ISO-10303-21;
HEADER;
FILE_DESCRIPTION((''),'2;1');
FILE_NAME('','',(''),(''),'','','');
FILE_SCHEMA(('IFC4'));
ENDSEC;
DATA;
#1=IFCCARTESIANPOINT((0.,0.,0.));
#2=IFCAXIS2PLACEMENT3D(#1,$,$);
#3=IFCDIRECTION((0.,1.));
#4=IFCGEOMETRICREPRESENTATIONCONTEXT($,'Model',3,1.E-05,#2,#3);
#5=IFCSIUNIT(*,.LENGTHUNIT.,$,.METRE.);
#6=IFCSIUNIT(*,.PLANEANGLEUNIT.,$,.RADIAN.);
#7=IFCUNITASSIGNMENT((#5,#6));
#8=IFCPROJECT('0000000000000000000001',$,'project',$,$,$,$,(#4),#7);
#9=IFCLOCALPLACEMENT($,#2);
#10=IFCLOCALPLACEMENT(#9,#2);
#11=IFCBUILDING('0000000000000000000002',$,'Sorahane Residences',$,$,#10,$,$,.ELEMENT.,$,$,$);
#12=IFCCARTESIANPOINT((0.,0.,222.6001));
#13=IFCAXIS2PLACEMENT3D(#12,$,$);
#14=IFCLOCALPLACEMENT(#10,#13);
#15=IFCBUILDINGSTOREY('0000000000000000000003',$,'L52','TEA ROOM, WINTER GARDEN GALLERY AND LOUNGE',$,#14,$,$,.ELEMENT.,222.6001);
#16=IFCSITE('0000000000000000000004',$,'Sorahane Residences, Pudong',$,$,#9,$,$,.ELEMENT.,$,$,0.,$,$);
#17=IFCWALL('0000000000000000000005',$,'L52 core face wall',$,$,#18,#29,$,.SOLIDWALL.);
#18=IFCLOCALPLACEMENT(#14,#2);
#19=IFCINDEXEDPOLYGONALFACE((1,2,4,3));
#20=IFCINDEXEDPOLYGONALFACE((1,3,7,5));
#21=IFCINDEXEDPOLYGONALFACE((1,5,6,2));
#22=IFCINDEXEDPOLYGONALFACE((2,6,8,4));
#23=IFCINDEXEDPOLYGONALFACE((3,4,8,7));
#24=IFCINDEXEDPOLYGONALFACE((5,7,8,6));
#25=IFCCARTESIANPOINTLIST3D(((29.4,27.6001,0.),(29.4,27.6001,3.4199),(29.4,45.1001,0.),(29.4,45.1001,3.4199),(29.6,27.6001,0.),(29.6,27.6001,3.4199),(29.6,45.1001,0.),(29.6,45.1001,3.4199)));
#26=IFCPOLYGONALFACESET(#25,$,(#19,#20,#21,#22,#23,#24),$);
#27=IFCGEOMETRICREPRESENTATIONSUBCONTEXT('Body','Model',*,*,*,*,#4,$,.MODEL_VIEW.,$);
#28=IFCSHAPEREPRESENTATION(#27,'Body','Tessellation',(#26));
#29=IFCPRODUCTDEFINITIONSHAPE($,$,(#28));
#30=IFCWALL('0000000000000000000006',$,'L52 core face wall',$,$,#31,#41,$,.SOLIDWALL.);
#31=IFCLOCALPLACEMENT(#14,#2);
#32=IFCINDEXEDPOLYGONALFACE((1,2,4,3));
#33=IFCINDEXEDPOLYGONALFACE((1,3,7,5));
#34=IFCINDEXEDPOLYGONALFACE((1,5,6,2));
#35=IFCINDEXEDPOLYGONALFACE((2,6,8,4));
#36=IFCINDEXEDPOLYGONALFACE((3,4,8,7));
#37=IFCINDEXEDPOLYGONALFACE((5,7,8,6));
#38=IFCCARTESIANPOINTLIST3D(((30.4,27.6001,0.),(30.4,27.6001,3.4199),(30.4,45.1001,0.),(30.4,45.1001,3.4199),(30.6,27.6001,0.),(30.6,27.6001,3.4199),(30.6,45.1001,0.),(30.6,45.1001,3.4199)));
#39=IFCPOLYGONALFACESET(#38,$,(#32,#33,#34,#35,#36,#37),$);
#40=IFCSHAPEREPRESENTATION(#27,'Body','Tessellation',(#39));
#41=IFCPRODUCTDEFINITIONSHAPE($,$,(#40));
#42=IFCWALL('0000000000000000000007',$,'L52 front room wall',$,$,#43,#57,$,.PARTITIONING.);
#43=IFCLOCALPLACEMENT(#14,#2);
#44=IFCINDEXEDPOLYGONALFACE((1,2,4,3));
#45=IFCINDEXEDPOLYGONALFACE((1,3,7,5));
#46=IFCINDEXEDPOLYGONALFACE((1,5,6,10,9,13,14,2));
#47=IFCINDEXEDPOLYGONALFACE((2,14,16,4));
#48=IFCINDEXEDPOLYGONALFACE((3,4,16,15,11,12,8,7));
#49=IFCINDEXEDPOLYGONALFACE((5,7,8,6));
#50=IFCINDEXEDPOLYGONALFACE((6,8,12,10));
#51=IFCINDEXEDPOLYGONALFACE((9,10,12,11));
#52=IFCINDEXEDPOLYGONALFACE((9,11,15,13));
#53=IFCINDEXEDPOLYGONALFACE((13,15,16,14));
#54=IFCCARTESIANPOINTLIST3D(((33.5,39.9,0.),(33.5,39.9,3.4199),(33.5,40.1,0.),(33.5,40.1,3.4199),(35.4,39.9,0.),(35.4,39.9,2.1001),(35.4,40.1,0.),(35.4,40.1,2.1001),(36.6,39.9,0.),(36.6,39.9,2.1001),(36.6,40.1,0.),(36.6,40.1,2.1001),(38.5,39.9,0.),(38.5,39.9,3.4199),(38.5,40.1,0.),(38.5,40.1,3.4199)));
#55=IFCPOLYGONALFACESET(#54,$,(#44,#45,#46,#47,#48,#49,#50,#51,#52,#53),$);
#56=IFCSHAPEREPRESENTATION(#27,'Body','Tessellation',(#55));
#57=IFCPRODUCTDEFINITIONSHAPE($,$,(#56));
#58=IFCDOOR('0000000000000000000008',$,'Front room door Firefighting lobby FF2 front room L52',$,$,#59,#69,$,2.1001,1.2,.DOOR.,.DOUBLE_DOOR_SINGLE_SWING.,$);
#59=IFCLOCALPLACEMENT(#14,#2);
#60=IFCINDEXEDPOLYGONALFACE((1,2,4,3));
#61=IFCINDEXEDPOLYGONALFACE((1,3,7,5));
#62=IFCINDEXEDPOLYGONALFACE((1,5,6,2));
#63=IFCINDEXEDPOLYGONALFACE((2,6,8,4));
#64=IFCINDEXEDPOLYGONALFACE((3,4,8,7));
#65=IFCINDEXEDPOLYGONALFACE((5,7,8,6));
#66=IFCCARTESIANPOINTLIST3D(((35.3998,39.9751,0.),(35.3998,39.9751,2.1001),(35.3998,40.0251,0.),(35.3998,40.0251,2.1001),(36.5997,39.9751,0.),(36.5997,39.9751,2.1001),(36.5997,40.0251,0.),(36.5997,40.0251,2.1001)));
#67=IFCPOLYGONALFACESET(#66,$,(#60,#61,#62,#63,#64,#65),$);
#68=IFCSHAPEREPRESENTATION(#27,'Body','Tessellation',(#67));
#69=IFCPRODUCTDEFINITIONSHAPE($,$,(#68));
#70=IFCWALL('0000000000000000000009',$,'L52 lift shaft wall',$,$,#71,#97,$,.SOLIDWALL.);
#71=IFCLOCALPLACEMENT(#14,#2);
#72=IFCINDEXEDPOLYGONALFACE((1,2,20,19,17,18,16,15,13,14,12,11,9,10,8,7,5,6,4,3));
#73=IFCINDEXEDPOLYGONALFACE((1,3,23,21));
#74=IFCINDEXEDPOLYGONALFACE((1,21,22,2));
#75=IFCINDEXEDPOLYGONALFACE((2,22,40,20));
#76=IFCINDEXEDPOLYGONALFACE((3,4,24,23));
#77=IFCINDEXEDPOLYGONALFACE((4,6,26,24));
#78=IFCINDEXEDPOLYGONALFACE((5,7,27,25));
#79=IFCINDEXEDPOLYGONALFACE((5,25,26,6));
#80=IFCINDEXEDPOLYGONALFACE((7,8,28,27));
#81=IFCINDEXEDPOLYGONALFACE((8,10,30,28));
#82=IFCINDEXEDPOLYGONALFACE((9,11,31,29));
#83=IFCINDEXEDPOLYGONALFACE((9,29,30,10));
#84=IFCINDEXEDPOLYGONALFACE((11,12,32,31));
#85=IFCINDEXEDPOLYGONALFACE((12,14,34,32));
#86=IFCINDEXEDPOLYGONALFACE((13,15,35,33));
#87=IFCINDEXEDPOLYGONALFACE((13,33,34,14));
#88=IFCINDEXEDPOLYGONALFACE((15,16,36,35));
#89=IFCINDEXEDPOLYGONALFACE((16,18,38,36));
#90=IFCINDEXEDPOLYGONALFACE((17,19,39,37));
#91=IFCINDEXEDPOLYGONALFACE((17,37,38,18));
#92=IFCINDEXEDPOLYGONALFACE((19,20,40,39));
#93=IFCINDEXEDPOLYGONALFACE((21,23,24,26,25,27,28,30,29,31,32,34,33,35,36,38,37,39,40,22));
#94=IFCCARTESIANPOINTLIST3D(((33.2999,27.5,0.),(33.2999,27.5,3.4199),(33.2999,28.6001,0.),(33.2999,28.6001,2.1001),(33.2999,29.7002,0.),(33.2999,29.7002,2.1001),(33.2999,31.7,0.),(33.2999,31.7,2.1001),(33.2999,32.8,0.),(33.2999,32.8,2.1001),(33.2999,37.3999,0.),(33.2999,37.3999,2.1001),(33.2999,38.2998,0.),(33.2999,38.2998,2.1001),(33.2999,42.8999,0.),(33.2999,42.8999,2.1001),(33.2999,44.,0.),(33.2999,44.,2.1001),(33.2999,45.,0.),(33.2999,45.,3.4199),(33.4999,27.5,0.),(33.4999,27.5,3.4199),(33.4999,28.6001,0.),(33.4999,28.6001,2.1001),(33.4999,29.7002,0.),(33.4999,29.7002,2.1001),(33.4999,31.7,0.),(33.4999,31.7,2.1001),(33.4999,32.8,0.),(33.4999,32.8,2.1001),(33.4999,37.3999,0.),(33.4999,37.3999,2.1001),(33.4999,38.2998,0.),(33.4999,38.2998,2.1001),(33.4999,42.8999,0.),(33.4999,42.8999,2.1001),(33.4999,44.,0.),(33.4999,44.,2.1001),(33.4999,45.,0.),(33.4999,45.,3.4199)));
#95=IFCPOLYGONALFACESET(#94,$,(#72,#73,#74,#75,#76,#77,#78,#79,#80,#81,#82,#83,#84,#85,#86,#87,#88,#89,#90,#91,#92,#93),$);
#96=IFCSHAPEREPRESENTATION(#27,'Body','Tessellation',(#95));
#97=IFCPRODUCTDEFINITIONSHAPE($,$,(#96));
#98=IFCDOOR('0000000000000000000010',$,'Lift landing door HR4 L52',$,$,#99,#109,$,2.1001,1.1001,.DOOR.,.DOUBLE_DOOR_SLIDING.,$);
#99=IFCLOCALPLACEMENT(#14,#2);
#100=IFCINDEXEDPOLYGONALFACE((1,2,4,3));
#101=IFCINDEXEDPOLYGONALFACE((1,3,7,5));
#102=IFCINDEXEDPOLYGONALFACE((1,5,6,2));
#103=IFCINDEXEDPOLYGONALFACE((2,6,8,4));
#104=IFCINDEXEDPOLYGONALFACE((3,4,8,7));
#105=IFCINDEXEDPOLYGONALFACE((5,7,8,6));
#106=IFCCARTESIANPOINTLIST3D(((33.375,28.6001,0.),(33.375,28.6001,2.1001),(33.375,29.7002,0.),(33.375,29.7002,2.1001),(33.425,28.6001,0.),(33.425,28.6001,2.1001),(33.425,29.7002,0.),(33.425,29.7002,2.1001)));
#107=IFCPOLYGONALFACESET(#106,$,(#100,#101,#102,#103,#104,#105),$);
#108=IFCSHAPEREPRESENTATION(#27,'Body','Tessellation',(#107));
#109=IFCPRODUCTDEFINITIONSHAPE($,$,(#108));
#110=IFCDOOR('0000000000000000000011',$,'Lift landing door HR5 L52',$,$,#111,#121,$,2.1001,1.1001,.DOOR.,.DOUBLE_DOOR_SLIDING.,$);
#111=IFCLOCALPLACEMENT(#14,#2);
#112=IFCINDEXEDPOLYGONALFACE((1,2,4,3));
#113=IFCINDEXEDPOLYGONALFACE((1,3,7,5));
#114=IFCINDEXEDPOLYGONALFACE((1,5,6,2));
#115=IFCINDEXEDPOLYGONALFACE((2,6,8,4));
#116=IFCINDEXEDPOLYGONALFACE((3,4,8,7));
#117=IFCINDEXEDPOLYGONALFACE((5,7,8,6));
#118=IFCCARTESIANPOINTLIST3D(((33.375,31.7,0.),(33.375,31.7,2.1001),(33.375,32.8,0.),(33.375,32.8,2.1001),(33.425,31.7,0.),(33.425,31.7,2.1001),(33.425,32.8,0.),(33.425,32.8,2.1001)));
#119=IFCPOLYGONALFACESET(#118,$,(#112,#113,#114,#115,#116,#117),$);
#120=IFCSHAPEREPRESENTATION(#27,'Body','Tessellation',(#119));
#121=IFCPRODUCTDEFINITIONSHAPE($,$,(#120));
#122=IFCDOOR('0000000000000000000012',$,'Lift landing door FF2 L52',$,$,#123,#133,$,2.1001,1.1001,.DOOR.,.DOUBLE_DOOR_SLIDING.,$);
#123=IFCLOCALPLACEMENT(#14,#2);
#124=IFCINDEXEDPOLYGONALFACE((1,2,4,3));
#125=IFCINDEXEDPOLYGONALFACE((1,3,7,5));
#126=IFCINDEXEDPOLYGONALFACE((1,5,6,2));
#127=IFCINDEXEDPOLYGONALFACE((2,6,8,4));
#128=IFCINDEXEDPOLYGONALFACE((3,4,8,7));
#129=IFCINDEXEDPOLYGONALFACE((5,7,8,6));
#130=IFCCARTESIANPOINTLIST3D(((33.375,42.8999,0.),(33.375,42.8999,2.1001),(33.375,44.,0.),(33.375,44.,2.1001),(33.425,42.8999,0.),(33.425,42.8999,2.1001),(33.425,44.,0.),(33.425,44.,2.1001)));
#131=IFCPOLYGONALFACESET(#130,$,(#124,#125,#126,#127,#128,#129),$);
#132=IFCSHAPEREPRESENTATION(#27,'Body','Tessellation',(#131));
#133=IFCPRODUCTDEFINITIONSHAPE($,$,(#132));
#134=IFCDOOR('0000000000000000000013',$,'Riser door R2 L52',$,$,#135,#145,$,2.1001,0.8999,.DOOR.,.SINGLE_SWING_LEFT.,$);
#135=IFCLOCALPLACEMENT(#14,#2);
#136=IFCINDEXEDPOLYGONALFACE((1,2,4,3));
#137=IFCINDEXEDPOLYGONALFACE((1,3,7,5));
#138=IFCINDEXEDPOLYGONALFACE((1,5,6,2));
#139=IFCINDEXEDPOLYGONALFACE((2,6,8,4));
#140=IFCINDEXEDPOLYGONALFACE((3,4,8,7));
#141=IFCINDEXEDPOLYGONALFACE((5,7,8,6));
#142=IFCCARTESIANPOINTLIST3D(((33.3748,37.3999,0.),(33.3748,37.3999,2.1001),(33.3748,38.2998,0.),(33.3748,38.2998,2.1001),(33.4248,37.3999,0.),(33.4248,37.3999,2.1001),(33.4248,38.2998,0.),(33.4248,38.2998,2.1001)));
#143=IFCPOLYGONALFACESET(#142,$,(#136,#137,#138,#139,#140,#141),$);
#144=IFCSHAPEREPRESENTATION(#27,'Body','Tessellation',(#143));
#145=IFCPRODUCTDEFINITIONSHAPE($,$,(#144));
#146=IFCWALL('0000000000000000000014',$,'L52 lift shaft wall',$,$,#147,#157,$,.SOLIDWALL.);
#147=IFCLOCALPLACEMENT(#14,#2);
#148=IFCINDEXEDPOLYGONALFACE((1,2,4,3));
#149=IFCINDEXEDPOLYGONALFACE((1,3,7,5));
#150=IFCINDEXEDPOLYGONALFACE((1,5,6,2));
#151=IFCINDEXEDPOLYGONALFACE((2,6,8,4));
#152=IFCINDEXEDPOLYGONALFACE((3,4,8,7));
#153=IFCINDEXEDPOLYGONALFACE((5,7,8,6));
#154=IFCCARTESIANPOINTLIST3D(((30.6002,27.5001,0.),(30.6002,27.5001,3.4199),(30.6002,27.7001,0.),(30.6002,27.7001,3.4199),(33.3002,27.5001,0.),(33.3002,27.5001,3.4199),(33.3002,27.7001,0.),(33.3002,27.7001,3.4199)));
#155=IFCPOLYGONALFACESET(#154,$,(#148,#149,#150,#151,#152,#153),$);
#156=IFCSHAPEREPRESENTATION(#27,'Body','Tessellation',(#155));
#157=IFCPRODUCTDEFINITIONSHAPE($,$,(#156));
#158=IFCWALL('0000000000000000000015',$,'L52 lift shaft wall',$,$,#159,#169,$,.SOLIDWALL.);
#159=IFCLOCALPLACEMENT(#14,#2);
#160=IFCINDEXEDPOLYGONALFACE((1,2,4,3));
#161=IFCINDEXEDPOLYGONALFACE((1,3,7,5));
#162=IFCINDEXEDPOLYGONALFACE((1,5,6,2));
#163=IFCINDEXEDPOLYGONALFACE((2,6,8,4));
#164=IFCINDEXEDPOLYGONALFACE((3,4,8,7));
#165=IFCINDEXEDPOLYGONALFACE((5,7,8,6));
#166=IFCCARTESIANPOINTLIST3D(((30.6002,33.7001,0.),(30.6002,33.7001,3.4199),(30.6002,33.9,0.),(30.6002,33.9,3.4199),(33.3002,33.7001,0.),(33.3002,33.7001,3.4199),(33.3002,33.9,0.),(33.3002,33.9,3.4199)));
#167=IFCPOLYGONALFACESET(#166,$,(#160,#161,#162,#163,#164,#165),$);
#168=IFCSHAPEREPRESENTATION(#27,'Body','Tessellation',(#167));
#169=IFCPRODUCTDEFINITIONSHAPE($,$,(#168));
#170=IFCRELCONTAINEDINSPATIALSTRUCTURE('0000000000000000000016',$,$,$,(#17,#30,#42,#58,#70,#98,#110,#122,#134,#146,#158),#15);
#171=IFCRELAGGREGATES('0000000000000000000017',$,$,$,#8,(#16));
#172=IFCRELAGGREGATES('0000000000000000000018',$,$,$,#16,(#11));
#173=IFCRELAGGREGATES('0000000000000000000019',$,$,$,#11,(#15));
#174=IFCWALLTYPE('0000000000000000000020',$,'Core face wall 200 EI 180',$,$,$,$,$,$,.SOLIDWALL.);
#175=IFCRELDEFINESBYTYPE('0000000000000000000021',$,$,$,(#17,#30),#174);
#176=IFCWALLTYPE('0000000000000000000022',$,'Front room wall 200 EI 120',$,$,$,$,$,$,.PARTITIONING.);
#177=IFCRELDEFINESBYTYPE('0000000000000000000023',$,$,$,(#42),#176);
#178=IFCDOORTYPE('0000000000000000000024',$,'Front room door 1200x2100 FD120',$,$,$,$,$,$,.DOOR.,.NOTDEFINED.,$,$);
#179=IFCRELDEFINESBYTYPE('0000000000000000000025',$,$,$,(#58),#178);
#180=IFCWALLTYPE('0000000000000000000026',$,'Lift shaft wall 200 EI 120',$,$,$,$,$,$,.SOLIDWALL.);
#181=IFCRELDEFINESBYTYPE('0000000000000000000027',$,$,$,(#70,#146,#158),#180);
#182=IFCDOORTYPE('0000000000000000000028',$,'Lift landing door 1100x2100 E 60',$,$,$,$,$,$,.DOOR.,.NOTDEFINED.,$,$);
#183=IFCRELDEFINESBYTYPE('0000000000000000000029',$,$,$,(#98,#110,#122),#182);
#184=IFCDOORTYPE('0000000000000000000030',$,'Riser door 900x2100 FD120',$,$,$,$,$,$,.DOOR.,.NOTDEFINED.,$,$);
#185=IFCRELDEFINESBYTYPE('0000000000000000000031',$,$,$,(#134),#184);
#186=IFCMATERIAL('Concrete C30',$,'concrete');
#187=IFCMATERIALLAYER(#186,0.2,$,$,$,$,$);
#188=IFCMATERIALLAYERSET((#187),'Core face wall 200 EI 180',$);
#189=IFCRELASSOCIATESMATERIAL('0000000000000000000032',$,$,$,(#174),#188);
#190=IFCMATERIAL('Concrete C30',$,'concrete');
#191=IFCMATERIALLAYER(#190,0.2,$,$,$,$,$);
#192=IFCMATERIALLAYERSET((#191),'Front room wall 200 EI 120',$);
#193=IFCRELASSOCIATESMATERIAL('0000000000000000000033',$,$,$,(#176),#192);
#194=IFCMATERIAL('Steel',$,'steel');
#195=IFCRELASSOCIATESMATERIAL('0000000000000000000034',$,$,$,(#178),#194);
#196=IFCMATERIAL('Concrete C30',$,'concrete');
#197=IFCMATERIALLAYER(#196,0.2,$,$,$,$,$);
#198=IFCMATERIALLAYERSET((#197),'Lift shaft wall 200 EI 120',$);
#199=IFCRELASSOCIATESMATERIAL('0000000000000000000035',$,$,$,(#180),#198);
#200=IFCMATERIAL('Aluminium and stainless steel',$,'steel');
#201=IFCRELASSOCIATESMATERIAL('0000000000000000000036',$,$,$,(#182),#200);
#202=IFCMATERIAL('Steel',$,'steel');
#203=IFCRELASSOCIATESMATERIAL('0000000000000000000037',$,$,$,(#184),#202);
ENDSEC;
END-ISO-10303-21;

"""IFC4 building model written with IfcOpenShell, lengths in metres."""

from ifc_helpers import new_model, si_unit, direction, frame, frame_2d, origin, place, context, subcontext, project, spatial, rectangle, extrude, material, layer, layer_set, type_object, element, fill, save


model = new_model("IFC4")

# Units and contexts
model_context = context("Model", 3, precision=1e-05, world=origin(), true_north=direction((0.0, 1.0)))
body_context = subcontext(model_context, "Body", "Model", "MODEL_VIEW")
ifc_project = project(units=[si_unit("LENGTHUNIT", "METRE"), si_unit("PLANEANGLEUNIT", "RADIAN")], contexts=[model_context])

# Site, building, storey
site_placement = place(None, origin())
site = spatial("IfcSite", under=ifc_project, at=site_placement, Name="Sorahane Residences, Pudong", CompositionType="ELEMENT", RefElevation=0.0)
building_placement = place(site_placement, origin())
building = spatial("IfcBuilding", under=site, at=building_placement, Name="Sorahane Residences", CompositionType="ELEMENT")
storey_placement = place(building_placement, frame((0.0, 0.0, 222.6001)))
storey = spatial("IfcBuildingStorey", under=building, at=storey_placement, Name="L52", Description="TEA ROOM, WINTER GARDEN GALLERY AND LOUNGE", CompositionType="ELEMENT", Elevation=222.6001)

# Walls
ifc_material_1 = material(Name="Concrete C30", Category="concrete")
ifc_layer_1 = layer(ifc_material_1, 0.2)
ifc_layer_set_1 = layer_set([ifc_layer_1], Name="Core face wall 200 EI 180")
wall_type_1 = type_object("IfcWallType", Name="Core face wall 200 EI 180", PredefinedType="SOLIDWALL", material=ifc_layer_set_1)
for number, where, z_axis, x_axis, name in (
    (1, (29.5, 27.6001, 0.0), (0.0, 0.0, 1.0), (0.0, 1.0, 0.0), "L52 core face wall"),
    (2, (30.5, 27.6001, 0.0), (0.0, 0.0, 1.0), (0.0, 1.0, 0.0), "L52 core face wall"),
):
    element("IfcWall", number, at=place(storey_placement, frame(where, z_axis=z_axis, x_axis=x_axis)), inside=storey, type_object=wall_type_1, Name=name, PredefinedType="SOLIDWALL", context=body_context, shape_type="SweptSolid", body=[
        extrude(rectangle(XDim=17.5, YDim=0.2, at=frame_2d((8.75, 0.0))), origin(), (0.0, 0.0, 1.0), 3.4199),
    ])

# Wall, opening, door
ifc_material_2 = material(Name="Concrete C30", Category="concrete")
ifc_layer_2 = layer(ifc_material_2, 0.2)
ifc_layer_set_2 = layer_set([ifc_layer_2], Name="Front room wall 200 EI 120")
wall_type_2 = type_object("IfcWallType", Name="Front room wall 200 EI 120", PredefinedType="PARTITIONING", material=ifc_layer_set_2)
wall_1_placement = place(storey_placement, frame((33.5, 40.0, 0.0), z_axis=(0.0, 0.0, 1.0), x_axis=(1.0, 0.0, 0.0)))
wall_1 = element("IfcWall", 3, at=wall_1_placement, inside=storey, type_object=wall_type_2, Name="L52 front room wall", PredefinedType="PARTITIONING", context=body_context, shape_type="SweptSolid", body=[
    extrude(rectangle(XDim=5.0, YDim=0.2, at=frame_2d((2.5, 0.0))), origin(), (0.0, 0.0, 1.0), 3.4199),
])
opening_1_placement = place(wall_1_placement, frame((1.8999, 0.0, 0.0)))
opening_1 = element("IfcOpeningElement", 4, at=opening_1_placement, cuts=wall_1, PredefinedType="OPENING", context=body_context, shape_type="SweptSolid", body=[
    extrude(rectangle(XDim=1.2, YDim=2.1001, at=frame_2d((0.6001, 1.05))), frame((0.0, 0.1099, 0.0), z_axis=(0.0, -1.0, 0.0), x_axis=(1.0, 0.0, 0.0)), (0.0, 0.0, 1.0), 0.22),
])
ifc_material_3 = material(Name="Steel", Category="steel")
door_type_1 = type_object("IfcDoorType", Name="Front room door 1200x2100 FD120", OperationType="NOTDEFINED", PredefinedType="DOOR", material=ifc_material_3)
door_1_placement = place(opening_1_placement, frame((1.2, 0.0, 0.0), z_axis=(0.0, 0.0, 1.0), x_axis=(-1.0, 0.0, 0.0)))
door_1 = element("IfcDoor", 5, at=door_1_placement, inside=storey, type_object=door_type_1, Name="Front room door Firefighting lobby FF2 front room L52", OperationType="DOUBLE_DOOR_SINGLE_SWING", OverallHeight=2.1001, OverallWidth=1.2, PredefinedType="DOOR", context=body_context, shape_type="SweptSolid", body=[
    extrude(rectangle(XDim=1.2, YDim=2.1001, at=frame_2d((0.6001, 1.05))), frame((0.0, 0.0249, 0.0), z_axis=(0.0, -1.0, 0.0), x_axis=(1.0, 0.0, 0.0)), (0.0, 0.0, 1.0), 0.05),
])
fill(opening_1, door_1)

# Wall, openings, doors
ifc_material_4 = material(Name="Concrete C30", Category="concrete")
ifc_layer_3 = layer(ifc_material_4, 0.2)
ifc_layer_set_3 = layer_set([ifc_layer_3], Name="Lift shaft wall 200 EI 120")
wall_type_3 = type_object("IfcWallType", Name="Lift shaft wall 200 EI 120", PredefinedType="SOLIDWALL", material=ifc_layer_set_3)
wall_2_placement = place(storey_placement, frame((33.3999, 27.5, 0.0), z_axis=(0.0, 0.0, 1.0), x_axis=(0.0, 1.0, 0.0)))
wall_2 = element("IfcWall", 6, at=wall_2_placement, inside=storey, type_object=wall_type_3, Name="L52 lift shaft wall", PredefinedType="SOLIDWALL", context=body_context, shape_type="SweptSolid", body=[
    extrude(rectangle(XDim=17.5, YDim=0.2, at=frame_2d((8.75, 0.0))), origin(), (0.0, 0.0, 1.0), 3.4199),
])
opening_2_placement = place(wall_2_placement, frame((1.1001, 0.0, 0.0)))
opening_2 = element("IfcOpeningElement", 7, at=opening_2_placement, cuts=wall_2, PredefinedType="OPENING", context=body_context, shape_type="SweptSolid", body=[
    extrude(rectangle(XDim=1.1001, YDim=2.1001, at=frame_2d((0.55, 1.05))), frame((0.0, 0.1099, 0.0), z_axis=(0.0, -1.0, 0.0), x_axis=(1.0, 0.0, 0.0)), (0.0, 0.0, 1.0), 0.22),
])
opening_3_placement = place(wall_2_placement, frame((4.2, 0.0, 0.0)))
opening_3 = element("IfcOpeningElement", 8, at=opening_3_placement, cuts=wall_2, PredefinedType="OPENING", context=body_context, shape_type="SweptSolid", body=[
    extrude(rectangle(XDim=1.1001, YDim=2.1001, at=frame_2d((0.55, 1.05))), frame((0.0, 0.1099, 0.0), z_axis=(0.0, -1.0, 0.0), x_axis=(1.0, 0.0, 0.0)), (0.0, 0.0, 1.0), 0.22),
])
opening_4_placement = place(wall_2_placement, frame((15.3999, 0.0, 0.0)))
opening_4 = element("IfcOpeningElement", 9, at=opening_4_placement, cuts=wall_2, PredefinedType="OPENING", context=body_context, shape_type="SweptSolid", body=[
    extrude(rectangle(XDim=1.1001, YDim=2.1001, at=frame_2d((0.55, 1.05))), frame((0.0, 0.1099, 0.0), z_axis=(0.0, -1.0, 0.0), x_axis=(1.0, 0.0, 0.0)), (0.0, 0.0, 1.0), 0.22),
])
opening_5_placement = place(wall_2_placement, frame((9.8999, 0.0, 0.0)))
opening_5 = element("IfcOpeningElement", 10, at=opening_5_placement, cuts=wall_2, PredefinedType="OPENING", context=body_context, shape_type="SweptSolid", body=[
    extrude(rectangle(XDim=0.8999, YDim=2.1001, at=frame_2d((0.45, 1.05))), frame((0.0, 0.1099, 0.0), z_axis=(0.0, -1.0, 0.0), x_axis=(1.0, 0.0, 0.0)), (0.0, 0.0, 1.0), 0.22),
])
ifc_material_5 = material(Name="Aluminium and stainless steel", Category="steel")
door_type_2 = type_object("IfcDoorType", Name="Lift landing door 1100x2100 E 60", OperationType="NOTDEFINED", PredefinedType="DOOR", material=ifc_material_5)
door_2_placement = place(opening_2_placement, origin())
door_2 = element("IfcDoor", 11, at=door_2_placement, inside=storey, type_object=door_type_2, Name="Lift landing door HR4 L52", OperationType="DOUBLE_DOOR_SLIDING", OverallHeight=2.1001, OverallWidth=1.1001, PredefinedType="DOOR", context=body_context, shape_type="SweptSolid", body=[
    extrude(rectangle(XDim=1.1001, YDim=2.1001, at=frame_2d((0.55, 1.05))), frame((0.0, 0.0249, 0.0), z_axis=(0.0, -1.0, 0.0), x_axis=(1.0, 0.0, 0.0)), (0.0, 0.0, 1.0), 0.05),
])
fill(opening_2, door_2)
door_3_placement = place(opening_3_placement, origin())
door_3 = element("IfcDoor", 12, at=door_3_placement, inside=storey, type_object=door_type_2, Name="Lift landing door HR5 L52", OperationType="DOUBLE_DOOR_SLIDING", OverallHeight=2.1001, OverallWidth=1.1001, PredefinedType="DOOR", context=body_context, shape_type="SweptSolid", body=[
    extrude(rectangle(XDim=1.1001, YDim=2.1001, at=frame_2d((0.55, 1.05))), frame((0.0, 0.0249, 0.0), z_axis=(0.0, -1.0, 0.0), x_axis=(1.0, 0.0, 0.0)), (0.0, 0.0, 1.0), 0.05),
])
fill(opening_3, door_3)
door_4_placement = place(opening_4_placement, origin())
door_4 = element("IfcDoor", 13, at=door_4_placement, inside=storey, type_object=door_type_2, Name="Lift landing door FF2 L52", OperationType="DOUBLE_DOOR_SLIDING", OverallHeight=2.1001, OverallWidth=1.1001, PredefinedType="DOOR", context=body_context, shape_type="SweptSolid", body=[
    extrude(rectangle(XDim=1.1001, YDim=2.1001, at=frame_2d((0.55, 1.05))), frame((0.0, 0.0249, 0.0), z_axis=(0.0, -1.0, 0.0), x_axis=(1.0, 0.0, 0.0)), (0.0, 0.0, 1.0), 0.05),
])
fill(opening_4, door_4)
ifc_material_6 = material(Name="Steel", Category="steel")
door_type_3 = type_object("IfcDoorType", Name="Riser door 900x2100 FD120", OperationType="NOTDEFINED", PredefinedType="DOOR", material=ifc_material_6)
door_5_placement = place(opening_5_placement, frame((0.8999, 0.0, 0.0), z_axis=(0.0, 0.0, 1.0), x_axis=(-1.0, 0.0, 0.0)))
door_5 = element("IfcDoor", 14, at=door_5_placement, inside=storey, type_object=door_type_3, Name="Riser door R2 L52", OperationType="SINGLE_SWING_LEFT", OverallHeight=2.1001, OverallWidth=0.8999, PredefinedType="DOOR", context=body_context, shape_type="SweptSolid", body=[
    extrude(rectangle(XDim=0.8999, YDim=2.1001, at=frame_2d((0.45, 1.05))), frame((0.0, 0.0249, 0.0), z_axis=(0.0, -1.0, 0.0), x_axis=(1.0, 0.0, 0.0)), (0.0, 0.0, 1.0), 0.05),
])
fill(opening_5, door_5)

# Walls
for number, where, z_axis, x_axis, name in (
    (15, (30.6001, 27.6001, 0.0), (0.0, 0.0, 1.0), (1.0, 0.0, 0.0), "L52 lift shaft wall"),
    (16, (30.6001, 33.8, 0.0), (0.0, 0.0, 1.0), (1.0, 0.0, 0.0), "L52 lift shaft wall"),
):
    element("IfcWall", number, at=place(storey_placement, frame(where, z_axis=z_axis, x_axis=x_axis)), inside=storey, type_object=wall_type_3, Name=name, PredefinedType="SOLIDWALL", context=body_context, shape_type="SweptSolid", body=[
        extrude(rectangle(XDim=2.7, YDim=0.2, at=frame_2d((1.3501, 0.0))), origin(), (0.0, 0.0, 1.0), 3.4199),
    ])

save(model, "model.ifc")
